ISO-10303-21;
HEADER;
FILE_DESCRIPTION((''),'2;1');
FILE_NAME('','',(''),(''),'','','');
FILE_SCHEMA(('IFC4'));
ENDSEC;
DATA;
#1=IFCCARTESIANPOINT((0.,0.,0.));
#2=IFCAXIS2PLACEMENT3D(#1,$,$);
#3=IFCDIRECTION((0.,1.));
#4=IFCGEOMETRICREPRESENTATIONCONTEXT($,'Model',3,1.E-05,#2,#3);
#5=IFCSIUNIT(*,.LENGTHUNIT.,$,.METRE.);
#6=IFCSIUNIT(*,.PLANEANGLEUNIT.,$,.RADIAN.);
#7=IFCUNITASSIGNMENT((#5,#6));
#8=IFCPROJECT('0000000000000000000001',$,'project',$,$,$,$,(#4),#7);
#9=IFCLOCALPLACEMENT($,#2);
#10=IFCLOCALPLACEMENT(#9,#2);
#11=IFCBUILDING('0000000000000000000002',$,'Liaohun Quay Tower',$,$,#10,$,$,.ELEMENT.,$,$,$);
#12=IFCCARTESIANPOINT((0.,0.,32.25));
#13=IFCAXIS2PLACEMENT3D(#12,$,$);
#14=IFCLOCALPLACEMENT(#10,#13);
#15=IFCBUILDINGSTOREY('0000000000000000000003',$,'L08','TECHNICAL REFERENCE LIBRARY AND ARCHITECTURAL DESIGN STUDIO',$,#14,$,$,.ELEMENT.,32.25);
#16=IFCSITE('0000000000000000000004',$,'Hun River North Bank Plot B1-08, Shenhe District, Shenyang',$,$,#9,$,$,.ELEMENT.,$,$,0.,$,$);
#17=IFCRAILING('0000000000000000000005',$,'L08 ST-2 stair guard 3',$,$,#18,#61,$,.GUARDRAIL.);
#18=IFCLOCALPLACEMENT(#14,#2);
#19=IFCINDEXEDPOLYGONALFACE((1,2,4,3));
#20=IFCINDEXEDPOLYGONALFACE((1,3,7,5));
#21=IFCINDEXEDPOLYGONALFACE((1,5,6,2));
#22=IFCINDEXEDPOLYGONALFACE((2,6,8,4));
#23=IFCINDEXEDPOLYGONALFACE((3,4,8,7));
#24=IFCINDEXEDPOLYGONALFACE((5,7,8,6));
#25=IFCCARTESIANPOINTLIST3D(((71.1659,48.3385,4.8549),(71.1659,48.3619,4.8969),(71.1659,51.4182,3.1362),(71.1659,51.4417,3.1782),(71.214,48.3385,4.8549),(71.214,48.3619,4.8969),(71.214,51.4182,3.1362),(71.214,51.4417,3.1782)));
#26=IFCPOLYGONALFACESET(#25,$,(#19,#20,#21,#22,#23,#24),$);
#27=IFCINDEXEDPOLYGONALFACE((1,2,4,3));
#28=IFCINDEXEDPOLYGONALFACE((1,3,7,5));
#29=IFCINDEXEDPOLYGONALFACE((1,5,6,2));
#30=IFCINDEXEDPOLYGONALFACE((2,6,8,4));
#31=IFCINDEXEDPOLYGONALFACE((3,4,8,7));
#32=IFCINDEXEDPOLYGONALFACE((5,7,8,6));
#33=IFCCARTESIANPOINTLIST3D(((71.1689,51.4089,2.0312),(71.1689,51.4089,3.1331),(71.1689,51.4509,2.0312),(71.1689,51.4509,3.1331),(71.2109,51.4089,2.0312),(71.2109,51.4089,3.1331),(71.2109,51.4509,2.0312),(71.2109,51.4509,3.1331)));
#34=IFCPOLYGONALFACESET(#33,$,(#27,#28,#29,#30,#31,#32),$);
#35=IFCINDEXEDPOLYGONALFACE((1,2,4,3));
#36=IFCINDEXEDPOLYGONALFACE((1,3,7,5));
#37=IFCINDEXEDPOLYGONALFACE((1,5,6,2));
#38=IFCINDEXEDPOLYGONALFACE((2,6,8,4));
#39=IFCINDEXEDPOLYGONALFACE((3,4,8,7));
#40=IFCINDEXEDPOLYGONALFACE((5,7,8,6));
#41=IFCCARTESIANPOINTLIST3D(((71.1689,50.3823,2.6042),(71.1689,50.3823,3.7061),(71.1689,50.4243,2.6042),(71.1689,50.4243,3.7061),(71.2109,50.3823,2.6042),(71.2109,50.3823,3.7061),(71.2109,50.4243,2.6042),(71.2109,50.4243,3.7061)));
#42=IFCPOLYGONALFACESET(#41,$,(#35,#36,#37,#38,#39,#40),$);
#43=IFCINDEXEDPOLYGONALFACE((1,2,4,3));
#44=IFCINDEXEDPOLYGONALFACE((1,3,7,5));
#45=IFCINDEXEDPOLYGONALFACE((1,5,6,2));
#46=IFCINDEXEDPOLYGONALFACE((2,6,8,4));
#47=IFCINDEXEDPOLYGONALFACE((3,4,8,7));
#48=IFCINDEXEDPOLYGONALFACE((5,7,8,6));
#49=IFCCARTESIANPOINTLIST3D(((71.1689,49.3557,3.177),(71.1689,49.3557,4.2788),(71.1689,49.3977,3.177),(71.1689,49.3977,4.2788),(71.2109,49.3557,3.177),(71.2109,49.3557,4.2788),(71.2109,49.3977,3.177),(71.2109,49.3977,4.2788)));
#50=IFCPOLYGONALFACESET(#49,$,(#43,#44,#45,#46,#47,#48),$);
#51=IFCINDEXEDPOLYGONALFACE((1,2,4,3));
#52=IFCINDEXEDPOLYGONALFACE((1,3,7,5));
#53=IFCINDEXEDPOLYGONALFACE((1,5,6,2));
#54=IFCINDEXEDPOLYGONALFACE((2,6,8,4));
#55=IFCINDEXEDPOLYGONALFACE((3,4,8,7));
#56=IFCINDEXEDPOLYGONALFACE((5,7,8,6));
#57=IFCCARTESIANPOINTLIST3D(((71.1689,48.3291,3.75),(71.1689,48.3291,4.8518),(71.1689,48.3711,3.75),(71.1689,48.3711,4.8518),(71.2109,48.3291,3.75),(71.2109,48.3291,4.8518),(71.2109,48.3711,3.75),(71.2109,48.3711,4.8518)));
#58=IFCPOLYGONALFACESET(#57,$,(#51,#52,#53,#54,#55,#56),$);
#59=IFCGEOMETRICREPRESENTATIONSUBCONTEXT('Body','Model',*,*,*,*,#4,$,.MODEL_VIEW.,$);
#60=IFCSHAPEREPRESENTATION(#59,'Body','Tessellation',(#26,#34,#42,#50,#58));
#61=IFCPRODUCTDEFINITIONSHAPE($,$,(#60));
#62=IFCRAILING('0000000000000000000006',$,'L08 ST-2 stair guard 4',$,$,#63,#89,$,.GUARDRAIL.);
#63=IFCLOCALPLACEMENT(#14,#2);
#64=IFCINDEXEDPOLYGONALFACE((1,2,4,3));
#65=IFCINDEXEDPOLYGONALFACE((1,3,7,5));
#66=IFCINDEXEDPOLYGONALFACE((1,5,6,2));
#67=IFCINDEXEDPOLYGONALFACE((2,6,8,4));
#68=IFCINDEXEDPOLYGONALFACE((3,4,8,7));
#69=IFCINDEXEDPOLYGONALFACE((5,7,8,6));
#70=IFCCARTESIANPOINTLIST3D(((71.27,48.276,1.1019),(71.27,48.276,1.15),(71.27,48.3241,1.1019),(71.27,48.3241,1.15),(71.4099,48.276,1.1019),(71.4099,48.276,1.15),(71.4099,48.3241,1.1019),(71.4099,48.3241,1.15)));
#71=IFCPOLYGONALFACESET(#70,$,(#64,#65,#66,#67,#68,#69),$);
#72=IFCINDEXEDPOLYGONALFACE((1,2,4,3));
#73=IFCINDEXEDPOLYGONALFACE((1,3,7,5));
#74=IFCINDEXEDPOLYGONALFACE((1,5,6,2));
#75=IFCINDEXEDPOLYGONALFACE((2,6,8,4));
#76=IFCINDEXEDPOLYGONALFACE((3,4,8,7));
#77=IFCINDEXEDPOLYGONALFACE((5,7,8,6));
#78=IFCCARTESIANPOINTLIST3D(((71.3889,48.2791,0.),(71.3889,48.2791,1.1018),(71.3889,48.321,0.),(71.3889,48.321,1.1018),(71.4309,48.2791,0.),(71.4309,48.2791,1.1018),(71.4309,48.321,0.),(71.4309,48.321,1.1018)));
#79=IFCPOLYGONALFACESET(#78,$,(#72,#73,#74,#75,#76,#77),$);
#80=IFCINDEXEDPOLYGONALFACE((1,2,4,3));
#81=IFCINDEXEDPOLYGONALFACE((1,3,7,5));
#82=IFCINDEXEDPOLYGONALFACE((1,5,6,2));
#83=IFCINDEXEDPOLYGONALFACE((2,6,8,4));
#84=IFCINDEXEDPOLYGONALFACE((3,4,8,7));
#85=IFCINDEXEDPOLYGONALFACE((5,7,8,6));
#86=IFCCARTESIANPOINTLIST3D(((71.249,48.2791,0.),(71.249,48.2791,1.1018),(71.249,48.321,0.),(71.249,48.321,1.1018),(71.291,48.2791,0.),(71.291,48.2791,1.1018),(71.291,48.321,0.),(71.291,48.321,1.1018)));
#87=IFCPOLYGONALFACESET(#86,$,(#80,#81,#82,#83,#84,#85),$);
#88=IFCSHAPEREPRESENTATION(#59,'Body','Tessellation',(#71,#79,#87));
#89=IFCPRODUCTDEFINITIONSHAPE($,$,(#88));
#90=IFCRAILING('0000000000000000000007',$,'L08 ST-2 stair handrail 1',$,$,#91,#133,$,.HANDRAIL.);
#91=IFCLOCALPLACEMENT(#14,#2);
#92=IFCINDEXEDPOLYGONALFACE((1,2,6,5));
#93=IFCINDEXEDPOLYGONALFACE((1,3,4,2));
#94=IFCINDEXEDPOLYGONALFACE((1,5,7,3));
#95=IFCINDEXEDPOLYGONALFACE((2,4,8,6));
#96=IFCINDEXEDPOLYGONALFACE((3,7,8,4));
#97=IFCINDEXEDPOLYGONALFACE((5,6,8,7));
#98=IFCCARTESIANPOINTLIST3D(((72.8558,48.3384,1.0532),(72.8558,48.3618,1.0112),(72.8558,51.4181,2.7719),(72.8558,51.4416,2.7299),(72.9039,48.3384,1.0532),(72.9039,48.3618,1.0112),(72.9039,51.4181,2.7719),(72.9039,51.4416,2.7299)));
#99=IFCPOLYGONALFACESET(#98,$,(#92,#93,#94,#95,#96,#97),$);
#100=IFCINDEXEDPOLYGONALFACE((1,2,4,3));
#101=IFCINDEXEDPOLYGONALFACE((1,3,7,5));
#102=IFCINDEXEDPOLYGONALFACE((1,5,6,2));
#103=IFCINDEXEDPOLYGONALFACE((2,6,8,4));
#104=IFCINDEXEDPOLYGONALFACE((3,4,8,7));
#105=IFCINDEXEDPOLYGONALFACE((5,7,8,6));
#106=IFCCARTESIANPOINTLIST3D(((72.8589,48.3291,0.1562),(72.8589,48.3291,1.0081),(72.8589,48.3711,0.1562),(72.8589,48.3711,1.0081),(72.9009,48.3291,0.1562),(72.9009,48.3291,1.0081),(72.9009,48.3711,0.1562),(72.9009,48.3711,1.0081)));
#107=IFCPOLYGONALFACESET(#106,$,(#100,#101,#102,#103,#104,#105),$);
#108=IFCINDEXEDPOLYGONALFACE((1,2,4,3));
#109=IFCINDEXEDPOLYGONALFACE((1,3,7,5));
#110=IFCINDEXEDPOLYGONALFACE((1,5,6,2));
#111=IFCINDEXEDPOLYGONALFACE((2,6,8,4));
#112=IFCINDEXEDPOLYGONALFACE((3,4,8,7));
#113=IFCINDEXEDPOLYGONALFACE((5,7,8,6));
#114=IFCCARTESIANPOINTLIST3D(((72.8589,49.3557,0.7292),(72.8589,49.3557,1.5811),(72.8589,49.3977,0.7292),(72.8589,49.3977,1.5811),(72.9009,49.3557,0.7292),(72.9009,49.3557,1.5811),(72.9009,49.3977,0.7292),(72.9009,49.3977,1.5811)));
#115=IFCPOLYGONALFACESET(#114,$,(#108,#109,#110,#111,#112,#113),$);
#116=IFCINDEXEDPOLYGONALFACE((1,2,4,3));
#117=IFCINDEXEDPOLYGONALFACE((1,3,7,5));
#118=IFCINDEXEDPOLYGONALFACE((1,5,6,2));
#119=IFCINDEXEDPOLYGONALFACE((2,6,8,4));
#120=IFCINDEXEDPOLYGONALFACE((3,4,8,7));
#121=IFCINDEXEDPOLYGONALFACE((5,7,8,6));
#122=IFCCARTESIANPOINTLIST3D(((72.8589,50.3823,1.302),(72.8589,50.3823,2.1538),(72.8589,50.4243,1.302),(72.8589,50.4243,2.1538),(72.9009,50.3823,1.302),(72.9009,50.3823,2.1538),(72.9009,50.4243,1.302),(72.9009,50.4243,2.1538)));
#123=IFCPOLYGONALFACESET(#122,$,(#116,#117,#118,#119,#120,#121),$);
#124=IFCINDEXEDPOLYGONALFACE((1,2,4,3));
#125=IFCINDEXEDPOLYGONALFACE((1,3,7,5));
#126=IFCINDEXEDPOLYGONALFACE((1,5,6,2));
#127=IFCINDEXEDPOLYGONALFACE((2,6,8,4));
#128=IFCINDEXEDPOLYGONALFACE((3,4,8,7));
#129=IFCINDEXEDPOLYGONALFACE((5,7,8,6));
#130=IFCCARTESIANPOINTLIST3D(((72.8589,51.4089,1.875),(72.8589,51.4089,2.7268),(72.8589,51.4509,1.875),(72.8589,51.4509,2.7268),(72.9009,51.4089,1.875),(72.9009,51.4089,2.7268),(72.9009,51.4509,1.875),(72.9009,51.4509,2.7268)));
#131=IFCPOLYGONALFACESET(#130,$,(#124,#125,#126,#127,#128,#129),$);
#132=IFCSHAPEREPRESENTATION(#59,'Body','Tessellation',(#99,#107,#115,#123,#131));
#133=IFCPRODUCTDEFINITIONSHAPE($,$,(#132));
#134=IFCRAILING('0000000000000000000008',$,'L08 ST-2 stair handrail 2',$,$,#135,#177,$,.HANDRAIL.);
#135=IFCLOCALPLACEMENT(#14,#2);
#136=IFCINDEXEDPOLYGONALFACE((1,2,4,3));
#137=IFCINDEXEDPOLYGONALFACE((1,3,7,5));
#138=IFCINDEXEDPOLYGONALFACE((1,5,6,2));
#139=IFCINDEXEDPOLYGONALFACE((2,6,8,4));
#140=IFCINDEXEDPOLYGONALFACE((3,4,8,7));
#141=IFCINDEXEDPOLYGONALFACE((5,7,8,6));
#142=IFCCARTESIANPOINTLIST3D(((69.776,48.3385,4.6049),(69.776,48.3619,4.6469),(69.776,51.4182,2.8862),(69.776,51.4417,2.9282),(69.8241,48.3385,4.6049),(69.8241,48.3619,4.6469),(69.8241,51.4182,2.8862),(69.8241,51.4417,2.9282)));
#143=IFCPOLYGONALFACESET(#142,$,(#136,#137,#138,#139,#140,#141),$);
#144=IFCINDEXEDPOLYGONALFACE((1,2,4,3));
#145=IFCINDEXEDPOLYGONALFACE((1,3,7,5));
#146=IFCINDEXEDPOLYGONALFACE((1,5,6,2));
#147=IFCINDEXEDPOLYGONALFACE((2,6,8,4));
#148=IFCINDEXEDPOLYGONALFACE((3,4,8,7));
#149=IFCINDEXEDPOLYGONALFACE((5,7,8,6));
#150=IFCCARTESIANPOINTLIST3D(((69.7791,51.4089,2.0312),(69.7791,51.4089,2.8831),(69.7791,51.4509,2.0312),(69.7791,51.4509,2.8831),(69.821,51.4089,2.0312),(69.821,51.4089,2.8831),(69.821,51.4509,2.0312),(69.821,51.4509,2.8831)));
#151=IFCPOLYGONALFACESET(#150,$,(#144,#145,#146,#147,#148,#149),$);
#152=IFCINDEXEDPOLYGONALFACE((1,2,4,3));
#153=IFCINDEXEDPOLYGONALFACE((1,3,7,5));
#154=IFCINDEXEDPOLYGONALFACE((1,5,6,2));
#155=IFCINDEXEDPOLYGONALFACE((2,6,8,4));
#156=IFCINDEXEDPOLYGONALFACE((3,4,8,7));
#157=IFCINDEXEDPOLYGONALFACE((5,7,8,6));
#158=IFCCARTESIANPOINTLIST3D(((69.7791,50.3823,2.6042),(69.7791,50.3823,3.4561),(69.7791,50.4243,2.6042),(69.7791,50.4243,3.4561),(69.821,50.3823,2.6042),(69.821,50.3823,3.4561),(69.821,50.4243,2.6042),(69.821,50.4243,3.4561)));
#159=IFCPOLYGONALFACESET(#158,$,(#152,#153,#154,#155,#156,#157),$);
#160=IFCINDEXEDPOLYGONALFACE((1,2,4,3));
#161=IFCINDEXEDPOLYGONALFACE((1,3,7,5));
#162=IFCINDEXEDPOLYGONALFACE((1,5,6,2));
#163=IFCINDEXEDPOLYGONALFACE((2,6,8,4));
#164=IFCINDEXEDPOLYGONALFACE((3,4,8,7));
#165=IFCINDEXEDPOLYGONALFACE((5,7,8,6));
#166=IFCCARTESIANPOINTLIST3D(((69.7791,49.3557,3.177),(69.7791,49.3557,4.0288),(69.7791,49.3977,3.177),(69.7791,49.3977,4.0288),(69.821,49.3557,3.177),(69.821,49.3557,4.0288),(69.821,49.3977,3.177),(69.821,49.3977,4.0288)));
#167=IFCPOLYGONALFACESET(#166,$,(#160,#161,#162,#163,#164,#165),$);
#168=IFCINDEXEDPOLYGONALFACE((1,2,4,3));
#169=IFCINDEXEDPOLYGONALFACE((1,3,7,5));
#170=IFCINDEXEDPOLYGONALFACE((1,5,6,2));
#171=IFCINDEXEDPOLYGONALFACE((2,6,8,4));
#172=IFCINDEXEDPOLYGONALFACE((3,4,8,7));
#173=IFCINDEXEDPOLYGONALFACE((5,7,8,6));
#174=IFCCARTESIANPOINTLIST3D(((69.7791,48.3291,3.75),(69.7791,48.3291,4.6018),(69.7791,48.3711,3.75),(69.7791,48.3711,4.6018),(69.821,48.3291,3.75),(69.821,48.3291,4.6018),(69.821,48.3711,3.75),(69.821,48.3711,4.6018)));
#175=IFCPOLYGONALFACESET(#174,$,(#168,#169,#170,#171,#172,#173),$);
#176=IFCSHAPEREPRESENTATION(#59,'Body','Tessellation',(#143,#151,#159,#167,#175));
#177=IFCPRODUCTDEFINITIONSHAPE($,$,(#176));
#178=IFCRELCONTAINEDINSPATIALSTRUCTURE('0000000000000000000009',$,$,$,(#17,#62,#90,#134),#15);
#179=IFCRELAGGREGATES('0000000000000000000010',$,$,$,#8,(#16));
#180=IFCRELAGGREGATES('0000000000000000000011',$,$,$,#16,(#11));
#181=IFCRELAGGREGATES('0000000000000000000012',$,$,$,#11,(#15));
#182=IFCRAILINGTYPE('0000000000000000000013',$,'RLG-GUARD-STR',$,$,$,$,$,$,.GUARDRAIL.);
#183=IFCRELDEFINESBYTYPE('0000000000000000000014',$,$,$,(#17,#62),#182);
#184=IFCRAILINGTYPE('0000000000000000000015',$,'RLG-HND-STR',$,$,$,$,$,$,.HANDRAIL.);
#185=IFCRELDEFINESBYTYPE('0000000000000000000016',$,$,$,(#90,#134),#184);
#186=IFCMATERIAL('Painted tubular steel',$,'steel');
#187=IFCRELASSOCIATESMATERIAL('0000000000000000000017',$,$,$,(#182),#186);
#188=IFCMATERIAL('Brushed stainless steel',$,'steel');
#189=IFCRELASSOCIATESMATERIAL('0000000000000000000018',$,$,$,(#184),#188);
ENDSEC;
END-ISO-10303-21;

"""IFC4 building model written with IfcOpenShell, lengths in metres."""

from ifc_helpers import new_model, si_unit, direction, frame, origin, origin_2d, place, context, subcontext, project, spatial, rectangle, extrude, material, type_object, element, save


model = new_model("IFC4")

# Units and contexts
model_context = context("Model", 3, precision=1e-05, world=origin(), true_north=direction((0.0, 1.0)))
body_context = subcontext(model_context, "Body", "Model", "MODEL_VIEW")
ifc_project = project(units=[si_unit("LENGTHUNIT", "METRE"), si_unit("PLANEANGLEUNIT", "RADIAN")], contexts=[model_context])

# Site, building, storey
site_placement = place(None, origin())
site = spatial("IfcSite", under=ifc_project, at=site_placement, Name="Hun River North Bank Plot B1-08, Shenhe District, Shenyang", CompositionType="ELEMENT", RefElevation=0.0)
building_placement = place(site_placement, origin())
building = spatial("IfcBuilding", under=site, at=building_placement, Name="Liaohun Quay Tower", CompositionType="ELEMENT")
storey_placement = place(building_placement, frame((0.0, 0.0, 32.25)))
storey = spatial("IfcBuildingStorey", under=building, at=storey_placement, Name="L08", Description="TECHNICAL REFERENCE LIBRARY AND ARCHITECTURAL DESIGN STUDIO", CompositionType="ELEMENT", Elevation=32.25)

# Railings
ifc_material_1 = material(Name="Painted tubular steel", Category="steel")
railing_type_1 = type_object("IfcRailingType", Name="RLG-GUARD-STR", PredefinedType="GUARDRAIL", material=ifc_material_1)
railing_1_placement = place(storey_placement, frame((71.1899, 51.4299, 2.0312)))
element("IfcRailing", 1, at=railing_1_placement, inside=storey, type_object=railing_type_1, Name="L08 ST-2 stair guard 3", PredefinedType="GUARDRAIL", context=body_context, shape_type="SweptSolid", body=[
    extrude(rectangle(XDim=0.0481, YDim=0.0481, at=origin_2d()), frame((0.0, 0.0, 1.126), z_axis=(0.0, -0.873225, 0.487317), x_axis=(1.0, 0.0, 0.0)), (0.0, 0.0, 1.0), 3.5269),
    extrude(rectangle(XDim=0.042, YDim=0.042, at=origin_2d()), origin(), (0.0, 0.0, 1.0), 1.1018),
    extrude(rectangle(XDim=0.042, YDim=0.042, at=origin_2d()), frame((0.0, -1.0266, 0.573)), (0.0, 0.0, 1.0), 1.1018),
    extrude(rectangle(XDim=0.042, YDim=0.042, at=origin_2d()), frame((0.0, -2.0532, 1.1458)), (0.0, 0.0, 1.0), 1.1018),
    extrude(rectangle(XDim=0.042, YDim=0.042, at=origin_2d()), frame((0.0, -3.0798, 1.7188)), (0.0, 0.0, 1.0), 1.1018),
])
railing_2_placement = place(storey_placement, frame((71.4099, 48.3, 0.0)))
element("IfcRailing", 2, at=railing_2_placement, inside=storey, type_object=railing_type_1, Name="L08 ST-2 stair guard 4", PredefinedType="GUARDRAIL", context=body_context, shape_type="SweptSolid", body=[
    extrude(rectangle(XDim=0.0481, YDim=0.0481, at=origin_2d()), frame((0.0, 0.0, 1.126), z_axis=(-1.0, 0.0, 0.0), x_axis=(0.0, -1.0, 0.0)), (0.0, 0.0, 1.0), 0.1399),
    extrude(rectangle(XDim=0.042, YDim=0.042, at=origin_2d()), origin(), (0.0, 0.0, 1.0), 1.1018),
    extrude(rectangle(XDim=0.042, YDim=0.042, at=origin_2d()), frame((-0.1399, 0.0, 0.0)), (0.0, 0.0, 1.0), 1.1018),
])
ifc_material_2 = material(Name="Brushed stainless steel", Category="steel")
railing_type_2 = type_object("IfcRailingType", Name="RLG-HND-STR", PredefinedType="HANDRAIL", material=ifc_material_2)
railing_3_placement = place(storey_placement, frame((72.8799, 48.3501, 0.1562)))
element("IfcRailing", 3, at=railing_3_placement, inside=storey, type_object=railing_type_2, Name="L08 ST-2 stair handrail 1", PredefinedType="HANDRAIL", context=body_context, shape_type="SweptSolid", body=[
    extrude(rectangle(XDim=0.0481, YDim=0.0481, at=origin_2d()), frame((0.0, 0.0, 0.876), z_axis=(0.0, 0.873225, 0.487317), x_axis=(-1.0, 0.0, 0.0)), (0.0, 0.0, 1.0), 3.5269),
    extrude(rectangle(XDim=0.042, YDim=0.042, at=origin_2d()), origin(), (0.0, 0.0, 1.0), 0.8518),
    extrude(rectangle(XDim=0.042, YDim=0.042, at=origin_2d()), frame((0.0, 1.0266, 0.573)), (0.0, 0.0, 1.0), 0.8518),
    extrude(rectangle(XDim=0.042, YDim=0.042, at=origin_2d()), frame((0.0, 2.0532, 1.1458)), (0.0, 0.0, 1.0), 0.8518),
    extrude(rectangle(XDim=0.042, YDim=0.042, at=origin_2d()), frame((0.0, 3.0798, 1.7188)), (0.0, 0.0, 1.0), 0.8518),
])
railing_4_placement = place(storey_placement, frame((69.8, 51.4299, 2.0312)))
element("IfcRailing", 4, at=railing_4_placement, inside=storey, type_object=railing_type_2, Name="L08 ST-2 stair handrail 2", PredefinedType="HANDRAIL", context=body_context, shape_type="SweptSolid", body=[
    extrude(rectangle(XDim=0.0481, YDim=0.0481, at=origin_2d()), frame((0.0, 0.0, 0.876), z_axis=(0.0, -0.873225, 0.487317), x_axis=(1.0, 0.0, 0.0)), (0.0, 0.0, 1.0), 3.5269),
    extrude(rectangle(XDim=0.042, YDim=0.042, at=origin_2d()), origin(), (0.0, 0.0, 1.0), 0.8518),
    extrude(rectangle(XDim=0.042, YDim=0.042, at=origin_2d()), frame((0.0, -1.0266, 0.573)), (0.0, 0.0, 1.0), 0.8518),
    extrude(rectangle(XDim=0.042, YDim=0.042, at=origin_2d()), frame((0.0, -2.0532, 1.1458)), (0.0, 0.0, 1.0), 0.8518),
    extrude(rectangle(XDim=0.042, YDim=0.042, at=origin_2d()), frame((0.0, -3.0798, 1.7188)), (0.0, 0.0, 1.0), 0.8518),
])

save(model, "model.ifc")
